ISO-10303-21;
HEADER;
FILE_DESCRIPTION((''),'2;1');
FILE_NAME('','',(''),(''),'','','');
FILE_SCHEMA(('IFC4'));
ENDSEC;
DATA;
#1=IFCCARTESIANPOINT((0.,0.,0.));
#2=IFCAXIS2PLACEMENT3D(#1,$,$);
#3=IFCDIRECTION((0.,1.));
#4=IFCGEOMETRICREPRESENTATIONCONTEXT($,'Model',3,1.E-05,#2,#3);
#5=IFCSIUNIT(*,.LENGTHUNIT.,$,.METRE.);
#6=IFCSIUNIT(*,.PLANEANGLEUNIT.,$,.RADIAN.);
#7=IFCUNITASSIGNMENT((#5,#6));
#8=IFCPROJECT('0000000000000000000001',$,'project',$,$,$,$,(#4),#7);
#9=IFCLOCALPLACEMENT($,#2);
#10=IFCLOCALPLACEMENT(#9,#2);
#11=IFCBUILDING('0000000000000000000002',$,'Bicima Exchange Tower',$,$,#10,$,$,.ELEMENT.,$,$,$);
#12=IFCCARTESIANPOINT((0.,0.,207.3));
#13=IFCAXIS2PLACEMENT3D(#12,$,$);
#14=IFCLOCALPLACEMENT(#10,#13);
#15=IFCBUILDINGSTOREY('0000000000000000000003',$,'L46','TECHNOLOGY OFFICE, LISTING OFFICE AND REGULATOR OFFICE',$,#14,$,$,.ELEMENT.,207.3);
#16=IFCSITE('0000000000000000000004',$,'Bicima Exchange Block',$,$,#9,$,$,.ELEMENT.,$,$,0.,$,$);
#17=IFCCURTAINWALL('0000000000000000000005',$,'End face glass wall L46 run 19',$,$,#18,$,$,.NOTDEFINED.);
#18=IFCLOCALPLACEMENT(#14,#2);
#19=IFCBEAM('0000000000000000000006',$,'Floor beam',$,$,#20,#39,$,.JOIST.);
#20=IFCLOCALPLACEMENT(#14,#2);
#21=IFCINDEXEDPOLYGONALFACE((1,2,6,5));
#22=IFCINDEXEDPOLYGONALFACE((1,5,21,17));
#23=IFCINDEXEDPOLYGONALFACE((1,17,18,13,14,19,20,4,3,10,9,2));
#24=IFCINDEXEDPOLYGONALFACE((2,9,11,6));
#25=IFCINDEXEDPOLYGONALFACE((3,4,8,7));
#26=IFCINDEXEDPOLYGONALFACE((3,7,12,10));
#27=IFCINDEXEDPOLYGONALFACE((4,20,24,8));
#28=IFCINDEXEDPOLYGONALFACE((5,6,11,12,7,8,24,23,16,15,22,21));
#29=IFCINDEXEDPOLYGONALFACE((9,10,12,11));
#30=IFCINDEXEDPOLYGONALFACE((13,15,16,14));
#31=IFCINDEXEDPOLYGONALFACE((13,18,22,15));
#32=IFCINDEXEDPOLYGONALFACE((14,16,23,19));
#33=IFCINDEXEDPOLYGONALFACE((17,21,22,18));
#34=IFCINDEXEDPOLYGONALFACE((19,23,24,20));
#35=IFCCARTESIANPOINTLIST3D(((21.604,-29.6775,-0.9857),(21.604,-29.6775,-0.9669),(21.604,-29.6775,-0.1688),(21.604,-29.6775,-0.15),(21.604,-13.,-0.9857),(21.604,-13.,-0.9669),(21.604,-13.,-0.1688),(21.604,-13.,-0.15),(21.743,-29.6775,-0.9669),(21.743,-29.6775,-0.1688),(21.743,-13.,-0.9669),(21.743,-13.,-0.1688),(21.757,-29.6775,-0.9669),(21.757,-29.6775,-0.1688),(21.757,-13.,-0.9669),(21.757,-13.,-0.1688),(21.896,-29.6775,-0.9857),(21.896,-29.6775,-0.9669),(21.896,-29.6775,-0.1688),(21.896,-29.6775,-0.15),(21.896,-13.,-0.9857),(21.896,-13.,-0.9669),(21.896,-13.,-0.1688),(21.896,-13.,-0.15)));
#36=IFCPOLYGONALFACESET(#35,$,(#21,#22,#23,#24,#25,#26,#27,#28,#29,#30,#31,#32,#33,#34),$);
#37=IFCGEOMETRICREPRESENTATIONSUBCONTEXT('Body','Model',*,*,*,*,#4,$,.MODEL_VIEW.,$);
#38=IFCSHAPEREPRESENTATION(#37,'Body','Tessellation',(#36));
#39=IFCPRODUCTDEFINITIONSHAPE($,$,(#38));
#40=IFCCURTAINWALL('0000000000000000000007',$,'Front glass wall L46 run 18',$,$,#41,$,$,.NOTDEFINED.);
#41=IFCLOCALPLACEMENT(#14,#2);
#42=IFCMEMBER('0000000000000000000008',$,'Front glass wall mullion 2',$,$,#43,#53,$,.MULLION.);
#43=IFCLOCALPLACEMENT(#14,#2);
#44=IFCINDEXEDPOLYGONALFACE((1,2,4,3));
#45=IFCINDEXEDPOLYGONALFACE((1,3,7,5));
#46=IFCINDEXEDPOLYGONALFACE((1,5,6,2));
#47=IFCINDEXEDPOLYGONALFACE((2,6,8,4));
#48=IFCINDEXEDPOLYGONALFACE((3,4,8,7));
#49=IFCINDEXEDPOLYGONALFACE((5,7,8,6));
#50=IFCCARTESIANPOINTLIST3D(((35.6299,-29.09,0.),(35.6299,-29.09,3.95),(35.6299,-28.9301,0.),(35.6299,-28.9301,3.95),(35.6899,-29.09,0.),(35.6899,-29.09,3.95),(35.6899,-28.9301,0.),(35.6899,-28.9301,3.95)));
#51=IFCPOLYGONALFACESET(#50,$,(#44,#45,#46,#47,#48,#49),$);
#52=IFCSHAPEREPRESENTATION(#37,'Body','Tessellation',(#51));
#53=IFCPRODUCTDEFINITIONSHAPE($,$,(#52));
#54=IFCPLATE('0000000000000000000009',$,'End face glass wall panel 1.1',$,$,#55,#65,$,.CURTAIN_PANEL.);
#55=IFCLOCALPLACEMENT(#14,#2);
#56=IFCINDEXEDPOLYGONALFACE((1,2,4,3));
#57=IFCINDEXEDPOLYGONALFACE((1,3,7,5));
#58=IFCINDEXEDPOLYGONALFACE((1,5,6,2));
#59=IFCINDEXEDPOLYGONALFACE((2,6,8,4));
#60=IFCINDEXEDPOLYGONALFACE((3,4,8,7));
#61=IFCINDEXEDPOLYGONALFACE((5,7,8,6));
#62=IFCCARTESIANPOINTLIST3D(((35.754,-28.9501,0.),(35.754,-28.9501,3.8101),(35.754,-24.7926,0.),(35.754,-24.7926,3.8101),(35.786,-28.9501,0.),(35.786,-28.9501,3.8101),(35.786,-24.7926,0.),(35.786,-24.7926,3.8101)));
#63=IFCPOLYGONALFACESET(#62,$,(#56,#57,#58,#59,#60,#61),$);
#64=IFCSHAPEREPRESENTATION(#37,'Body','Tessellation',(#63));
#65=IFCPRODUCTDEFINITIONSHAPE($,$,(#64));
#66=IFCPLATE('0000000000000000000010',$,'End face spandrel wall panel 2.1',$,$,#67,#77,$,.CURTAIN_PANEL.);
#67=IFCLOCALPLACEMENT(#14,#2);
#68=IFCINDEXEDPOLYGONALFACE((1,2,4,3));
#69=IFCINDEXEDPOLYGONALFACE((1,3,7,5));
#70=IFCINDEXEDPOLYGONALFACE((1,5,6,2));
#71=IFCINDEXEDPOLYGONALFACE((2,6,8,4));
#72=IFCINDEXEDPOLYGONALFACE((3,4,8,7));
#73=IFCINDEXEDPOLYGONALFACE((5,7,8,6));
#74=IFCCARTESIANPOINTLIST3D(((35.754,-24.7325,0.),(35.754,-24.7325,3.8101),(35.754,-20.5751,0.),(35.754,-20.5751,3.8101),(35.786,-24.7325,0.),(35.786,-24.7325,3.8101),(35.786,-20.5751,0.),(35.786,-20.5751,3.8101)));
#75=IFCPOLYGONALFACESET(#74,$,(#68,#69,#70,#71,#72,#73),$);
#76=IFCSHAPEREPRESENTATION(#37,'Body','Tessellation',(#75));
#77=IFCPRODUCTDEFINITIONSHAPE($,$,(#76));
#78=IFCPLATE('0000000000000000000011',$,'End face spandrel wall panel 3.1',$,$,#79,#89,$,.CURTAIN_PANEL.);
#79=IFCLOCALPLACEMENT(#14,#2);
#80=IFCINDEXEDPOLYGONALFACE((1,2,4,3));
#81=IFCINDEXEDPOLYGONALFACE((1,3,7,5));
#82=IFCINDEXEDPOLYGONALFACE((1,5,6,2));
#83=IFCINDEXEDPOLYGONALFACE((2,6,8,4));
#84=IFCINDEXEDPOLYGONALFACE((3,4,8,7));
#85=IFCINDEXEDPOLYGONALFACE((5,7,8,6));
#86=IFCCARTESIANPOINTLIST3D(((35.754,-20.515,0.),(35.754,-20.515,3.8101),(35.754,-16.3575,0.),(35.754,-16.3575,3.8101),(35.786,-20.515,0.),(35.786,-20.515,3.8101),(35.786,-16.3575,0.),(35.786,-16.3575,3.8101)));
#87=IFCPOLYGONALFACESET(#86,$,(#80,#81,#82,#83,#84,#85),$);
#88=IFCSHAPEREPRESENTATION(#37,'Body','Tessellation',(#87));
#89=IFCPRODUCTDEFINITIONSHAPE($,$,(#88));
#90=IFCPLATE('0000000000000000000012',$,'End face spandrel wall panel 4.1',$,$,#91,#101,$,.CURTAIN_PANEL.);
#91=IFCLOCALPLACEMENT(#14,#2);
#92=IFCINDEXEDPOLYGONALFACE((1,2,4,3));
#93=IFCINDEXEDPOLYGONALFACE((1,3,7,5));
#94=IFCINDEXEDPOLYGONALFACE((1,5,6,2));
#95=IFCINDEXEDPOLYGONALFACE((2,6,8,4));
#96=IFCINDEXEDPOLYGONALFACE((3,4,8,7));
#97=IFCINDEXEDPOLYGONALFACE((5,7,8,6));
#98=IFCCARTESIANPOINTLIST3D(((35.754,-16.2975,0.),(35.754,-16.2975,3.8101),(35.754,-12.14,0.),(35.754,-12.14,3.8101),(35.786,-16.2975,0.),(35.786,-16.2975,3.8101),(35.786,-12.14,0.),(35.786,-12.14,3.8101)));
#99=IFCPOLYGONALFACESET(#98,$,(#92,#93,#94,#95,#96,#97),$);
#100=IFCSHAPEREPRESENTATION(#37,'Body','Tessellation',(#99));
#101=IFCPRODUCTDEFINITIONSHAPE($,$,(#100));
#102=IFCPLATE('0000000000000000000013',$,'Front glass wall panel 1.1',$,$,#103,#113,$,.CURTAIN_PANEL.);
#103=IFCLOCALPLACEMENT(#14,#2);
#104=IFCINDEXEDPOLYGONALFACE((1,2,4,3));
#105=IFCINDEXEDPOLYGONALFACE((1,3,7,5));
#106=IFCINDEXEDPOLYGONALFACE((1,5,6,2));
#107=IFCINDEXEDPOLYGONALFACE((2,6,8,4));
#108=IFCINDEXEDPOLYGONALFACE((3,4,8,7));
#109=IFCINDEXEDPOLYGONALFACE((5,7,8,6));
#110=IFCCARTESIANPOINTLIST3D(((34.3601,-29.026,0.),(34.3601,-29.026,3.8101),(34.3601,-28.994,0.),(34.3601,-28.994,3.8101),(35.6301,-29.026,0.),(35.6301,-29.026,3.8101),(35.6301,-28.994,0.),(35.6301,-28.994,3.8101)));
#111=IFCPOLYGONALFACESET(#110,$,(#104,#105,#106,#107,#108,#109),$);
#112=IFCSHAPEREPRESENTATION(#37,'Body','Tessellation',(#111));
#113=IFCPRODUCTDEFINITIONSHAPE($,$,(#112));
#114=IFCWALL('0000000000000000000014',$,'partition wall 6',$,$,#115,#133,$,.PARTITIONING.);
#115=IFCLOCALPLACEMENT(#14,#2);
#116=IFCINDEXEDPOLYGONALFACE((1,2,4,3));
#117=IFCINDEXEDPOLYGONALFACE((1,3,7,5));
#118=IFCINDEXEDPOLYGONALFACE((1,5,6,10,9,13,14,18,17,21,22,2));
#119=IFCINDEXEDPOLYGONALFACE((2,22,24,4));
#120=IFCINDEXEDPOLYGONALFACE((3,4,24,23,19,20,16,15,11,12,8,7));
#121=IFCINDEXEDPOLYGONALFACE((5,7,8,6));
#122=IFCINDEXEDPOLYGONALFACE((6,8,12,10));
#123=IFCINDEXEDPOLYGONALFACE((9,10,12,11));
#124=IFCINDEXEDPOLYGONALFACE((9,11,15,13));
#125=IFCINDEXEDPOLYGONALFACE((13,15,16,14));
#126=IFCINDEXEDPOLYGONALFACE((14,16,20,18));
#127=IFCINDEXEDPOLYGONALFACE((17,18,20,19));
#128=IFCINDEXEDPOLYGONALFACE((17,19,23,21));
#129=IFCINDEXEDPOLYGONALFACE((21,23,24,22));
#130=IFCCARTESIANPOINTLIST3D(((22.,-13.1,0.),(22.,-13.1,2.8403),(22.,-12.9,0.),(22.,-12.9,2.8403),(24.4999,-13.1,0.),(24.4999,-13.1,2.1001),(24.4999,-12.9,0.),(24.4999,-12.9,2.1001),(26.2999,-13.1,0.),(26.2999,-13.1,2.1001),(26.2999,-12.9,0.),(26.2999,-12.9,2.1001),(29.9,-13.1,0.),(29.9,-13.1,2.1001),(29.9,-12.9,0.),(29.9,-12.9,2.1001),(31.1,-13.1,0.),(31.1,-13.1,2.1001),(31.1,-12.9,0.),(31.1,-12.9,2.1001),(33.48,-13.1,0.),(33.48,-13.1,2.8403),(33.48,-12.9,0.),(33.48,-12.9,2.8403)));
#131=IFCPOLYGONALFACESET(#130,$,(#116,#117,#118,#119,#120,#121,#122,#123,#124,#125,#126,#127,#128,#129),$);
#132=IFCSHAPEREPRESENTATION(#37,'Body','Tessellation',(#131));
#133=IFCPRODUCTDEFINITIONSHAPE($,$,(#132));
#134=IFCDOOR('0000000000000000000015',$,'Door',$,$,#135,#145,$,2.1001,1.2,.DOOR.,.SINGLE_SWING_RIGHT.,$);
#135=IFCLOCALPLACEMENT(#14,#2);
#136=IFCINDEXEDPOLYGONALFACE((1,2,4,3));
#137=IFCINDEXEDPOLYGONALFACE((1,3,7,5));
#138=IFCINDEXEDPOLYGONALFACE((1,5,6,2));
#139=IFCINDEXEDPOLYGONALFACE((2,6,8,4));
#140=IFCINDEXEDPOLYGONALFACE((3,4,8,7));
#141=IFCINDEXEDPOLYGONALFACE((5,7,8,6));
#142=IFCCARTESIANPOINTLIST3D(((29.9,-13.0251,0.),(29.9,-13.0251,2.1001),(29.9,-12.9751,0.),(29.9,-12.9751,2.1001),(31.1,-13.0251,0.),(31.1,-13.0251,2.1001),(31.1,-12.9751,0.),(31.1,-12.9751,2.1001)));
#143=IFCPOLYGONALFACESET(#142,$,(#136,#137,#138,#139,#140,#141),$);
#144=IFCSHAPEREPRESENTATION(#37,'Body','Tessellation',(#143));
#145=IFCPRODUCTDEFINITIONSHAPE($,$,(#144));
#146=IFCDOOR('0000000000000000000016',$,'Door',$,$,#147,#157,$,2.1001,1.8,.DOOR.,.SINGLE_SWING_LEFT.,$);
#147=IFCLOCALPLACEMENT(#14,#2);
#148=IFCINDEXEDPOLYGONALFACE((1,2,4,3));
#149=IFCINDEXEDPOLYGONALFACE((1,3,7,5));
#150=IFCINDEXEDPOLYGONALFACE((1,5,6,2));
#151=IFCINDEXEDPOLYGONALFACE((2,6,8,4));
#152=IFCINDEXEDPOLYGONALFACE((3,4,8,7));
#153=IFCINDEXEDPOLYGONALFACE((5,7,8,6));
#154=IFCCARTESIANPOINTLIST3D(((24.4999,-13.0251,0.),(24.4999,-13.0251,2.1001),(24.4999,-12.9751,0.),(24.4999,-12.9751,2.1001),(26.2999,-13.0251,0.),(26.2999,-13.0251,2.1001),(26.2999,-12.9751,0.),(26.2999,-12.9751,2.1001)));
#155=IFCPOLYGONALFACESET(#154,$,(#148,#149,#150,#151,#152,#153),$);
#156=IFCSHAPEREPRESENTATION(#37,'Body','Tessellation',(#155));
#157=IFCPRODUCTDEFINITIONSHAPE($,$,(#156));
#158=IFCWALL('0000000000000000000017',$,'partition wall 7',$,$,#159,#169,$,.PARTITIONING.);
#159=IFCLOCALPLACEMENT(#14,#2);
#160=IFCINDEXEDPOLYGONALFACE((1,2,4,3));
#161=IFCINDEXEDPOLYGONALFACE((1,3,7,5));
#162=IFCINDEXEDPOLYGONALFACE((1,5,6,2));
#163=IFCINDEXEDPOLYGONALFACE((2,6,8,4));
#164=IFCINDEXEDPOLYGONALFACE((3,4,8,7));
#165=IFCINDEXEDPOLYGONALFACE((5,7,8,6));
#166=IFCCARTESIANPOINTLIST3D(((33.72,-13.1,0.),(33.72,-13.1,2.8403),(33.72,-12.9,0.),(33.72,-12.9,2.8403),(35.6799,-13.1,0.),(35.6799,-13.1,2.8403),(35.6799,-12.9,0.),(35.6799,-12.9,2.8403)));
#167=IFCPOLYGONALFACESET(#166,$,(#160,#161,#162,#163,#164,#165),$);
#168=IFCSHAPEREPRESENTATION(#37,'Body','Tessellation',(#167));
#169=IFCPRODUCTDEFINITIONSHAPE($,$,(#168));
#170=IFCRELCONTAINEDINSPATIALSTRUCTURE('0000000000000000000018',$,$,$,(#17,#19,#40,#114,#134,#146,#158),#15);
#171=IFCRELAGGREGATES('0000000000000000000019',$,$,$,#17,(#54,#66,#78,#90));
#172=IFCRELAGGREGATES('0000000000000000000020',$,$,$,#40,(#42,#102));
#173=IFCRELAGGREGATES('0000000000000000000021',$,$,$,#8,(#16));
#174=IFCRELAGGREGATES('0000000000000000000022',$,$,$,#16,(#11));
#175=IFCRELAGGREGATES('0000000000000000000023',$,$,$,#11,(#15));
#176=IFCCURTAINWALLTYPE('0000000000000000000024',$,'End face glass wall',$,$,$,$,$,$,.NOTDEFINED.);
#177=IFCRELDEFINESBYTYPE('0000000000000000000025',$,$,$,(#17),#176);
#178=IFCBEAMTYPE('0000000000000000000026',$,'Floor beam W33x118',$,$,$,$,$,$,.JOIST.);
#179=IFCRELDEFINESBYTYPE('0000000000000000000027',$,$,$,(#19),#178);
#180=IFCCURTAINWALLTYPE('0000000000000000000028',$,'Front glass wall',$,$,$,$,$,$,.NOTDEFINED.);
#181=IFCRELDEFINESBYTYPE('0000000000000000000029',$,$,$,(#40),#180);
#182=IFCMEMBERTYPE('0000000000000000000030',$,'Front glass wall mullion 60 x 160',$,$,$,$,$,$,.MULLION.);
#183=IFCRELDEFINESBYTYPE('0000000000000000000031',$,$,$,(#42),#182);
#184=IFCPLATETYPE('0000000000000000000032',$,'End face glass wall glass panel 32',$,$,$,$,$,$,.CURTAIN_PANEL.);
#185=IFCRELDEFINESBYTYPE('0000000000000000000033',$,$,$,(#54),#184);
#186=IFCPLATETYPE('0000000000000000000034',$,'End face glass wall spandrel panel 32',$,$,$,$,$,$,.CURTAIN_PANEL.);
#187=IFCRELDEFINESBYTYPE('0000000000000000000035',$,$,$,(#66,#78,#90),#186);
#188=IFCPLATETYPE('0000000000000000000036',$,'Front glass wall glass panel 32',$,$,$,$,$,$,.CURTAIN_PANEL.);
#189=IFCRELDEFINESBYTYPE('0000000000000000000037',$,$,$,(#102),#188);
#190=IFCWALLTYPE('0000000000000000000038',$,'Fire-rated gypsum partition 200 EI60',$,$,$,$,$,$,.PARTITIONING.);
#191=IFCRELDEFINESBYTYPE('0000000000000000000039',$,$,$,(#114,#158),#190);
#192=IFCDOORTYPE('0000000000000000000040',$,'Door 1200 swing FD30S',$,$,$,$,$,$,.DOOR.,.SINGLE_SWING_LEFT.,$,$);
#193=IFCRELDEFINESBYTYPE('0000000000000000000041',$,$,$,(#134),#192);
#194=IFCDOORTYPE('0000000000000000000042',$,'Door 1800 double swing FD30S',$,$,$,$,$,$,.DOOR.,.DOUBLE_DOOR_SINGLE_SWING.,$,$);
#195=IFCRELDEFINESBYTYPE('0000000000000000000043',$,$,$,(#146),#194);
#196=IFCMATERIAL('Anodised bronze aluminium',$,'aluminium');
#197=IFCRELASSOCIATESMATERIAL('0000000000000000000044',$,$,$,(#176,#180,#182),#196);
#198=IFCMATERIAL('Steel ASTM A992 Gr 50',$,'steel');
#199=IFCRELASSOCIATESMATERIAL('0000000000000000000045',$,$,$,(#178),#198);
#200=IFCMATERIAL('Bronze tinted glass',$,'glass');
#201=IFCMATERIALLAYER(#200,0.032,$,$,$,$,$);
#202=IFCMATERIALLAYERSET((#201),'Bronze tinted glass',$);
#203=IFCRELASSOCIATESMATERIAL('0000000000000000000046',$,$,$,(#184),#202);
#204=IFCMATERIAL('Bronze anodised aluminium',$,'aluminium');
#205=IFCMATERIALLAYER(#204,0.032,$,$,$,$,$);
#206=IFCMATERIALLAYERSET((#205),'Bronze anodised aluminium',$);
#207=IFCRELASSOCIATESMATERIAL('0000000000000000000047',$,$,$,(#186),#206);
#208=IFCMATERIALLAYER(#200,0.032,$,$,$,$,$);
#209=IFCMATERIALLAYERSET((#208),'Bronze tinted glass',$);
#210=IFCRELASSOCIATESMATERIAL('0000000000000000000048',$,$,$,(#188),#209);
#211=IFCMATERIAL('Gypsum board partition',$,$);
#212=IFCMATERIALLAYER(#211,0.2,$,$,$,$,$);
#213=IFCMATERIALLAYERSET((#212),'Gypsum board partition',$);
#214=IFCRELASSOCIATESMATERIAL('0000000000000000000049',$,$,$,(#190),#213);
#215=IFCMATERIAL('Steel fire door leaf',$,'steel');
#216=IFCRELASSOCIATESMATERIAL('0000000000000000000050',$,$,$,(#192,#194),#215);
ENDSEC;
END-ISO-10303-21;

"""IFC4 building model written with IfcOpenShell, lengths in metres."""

from ifc_helpers import new_model, si_unit, direction, frame, frame_2d, origin, origin_2d, place, context, subcontext, project, spatial, rectangle, i_section, extrude, material, layer, layer_set, material_profile, profile_set, type_object, element, fill, aggregate, save


model = new_model("IFC4")

# Units and contexts
model_context = context("Model", 3, precision=1e-05, world=origin(), true_north=direction((0.0, 1.0)))
body_context = subcontext(model_context, "Body", "Model", "MODEL_VIEW")
ifc_project = project(units=[si_unit("LENGTHUNIT", "METRE"), si_unit("PLANEANGLEUNIT", "RADIAN")], contexts=[model_context])

# Site, building, storey
site_placement = place(None, origin())
site = spatial("IfcSite", under=ifc_project, at=site_placement, Name="Bicima Exchange Block", CompositionType="ELEMENT", RefElevation=0.0)
building_placement = place(site_placement, origin())
building = spatial("IfcBuilding", under=site, at=building_placement, Name="Bicima Exchange Tower", CompositionType="ELEMENT")
storey_placement = place(building_placement, frame((0.0, 0.0, 207.3)))
storey = spatial("IfcBuildingStorey", under=building, at=storey_placement, Name="L46", Description="TECHNOLOGY OFFICE, LISTING OFFICE AND REGULATOR OFFICE", CompositionType="ELEMENT", Elevation=207.3)

# Shared definitions
ifc_material_1 = material(Name="Steel ASTM A992 Gr 50", Category="steel")

# Curtain wall
ifc_material_2 = material(Name="Anodised bronze aluminium", Category="aluminium")
curtain_wall_type_1 = type_object("IfcCurtainWallType", Name="End face glass wall", PredefinedType="NOTDEFINED", material=ifc_material_2)
curtain_wall_1_placement = place(storey_placement, origin())
curtain_wall_1 = element("IfcCurtainWall", 1, at=curtain_wall_1_placement, inside=storey, type_object=curtain_wall_type_1, Name="End face glass wall L46 run 19", PredefinedType="NOTDEFINED")
ifc_material_profile_1 = material_profile(ifc_material_2, rectangle(XDim=0.1599, YDim=0.0601, at=origin_2d()))
ifc_profile_set_1 = profile_set([ifc_material_profile_1], Name="Anodised bronze aluminium")

# Beam
ifc_material_profile_2 = material_profile(ifc_material_1, i_section(OverallWidth=0.292, OverallDepth=0.8357, WebThickness=0.0139, FlangeThickness=0.0188, at=origin_2d()))
ifc_profile_set_2 = profile_set([ifc_material_profile_2], Name="Steel ASTM A992 Gr 50")
beam_type_1 = type_object("IfcBeamType", Name="Floor beam W33x118", PredefinedType="JOIST", material=ifc_profile_set_2)
beam_1_placement = place(storey_placement, frame((21.75, -13.0, -0.5679), z_axis=(0.0, -1.0, 0.0), x_axis=(1.0, 0.0, 0.0)))
element("IfcBeam", 2, at=beam_1_placement, inside=storey, type_object=beam_type_1, Name="Floor beam", PredefinedType="JOIST", context=body_context, shape_type="SweptSolid", body=[
    extrude(i_section(OverallWidth=0.292, OverallDepth=0.8357, WebThickness=0.0139, FlangeThickness=0.0188, at=origin_2d()), origin(), (0.0, 0.0, 1.0), 16.6775),
])

# Curtain wall, member
curtain_wall_type_2 = type_object("IfcCurtainWallType", Name="Front glass wall", PredefinedType="NOTDEFINED", material=ifc_material_2)
curtain_wall_2_placement = place(storey_placement, origin())
curtain_wall_2 = element("IfcCurtainWall", 3, at=curtain_wall_2_placement, inside=storey, type_object=curtain_wall_type_2, Name="Front glass wall L46 run 18", PredefinedType="NOTDEFINED")
member_type_1 = type_object("IfcMemberType", Name="Front glass wall mullion 60 x 160", PredefinedType="MULLION", material=ifc_profile_set_1)
member_1_placement = place(storey_placement, frame((35.6599, -29.01, 0.0), z_axis=(0.0, 0.0, 1.0), x_axis=(0.0, 1.0, 0.0)))
member_1 = element("IfcMember", 4, at=member_1_placement, type_object=member_type_1, Name="Front glass wall mullion 2", PredefinedType="MULLION", context=body_context, shape_type="SweptSolid", body=[
    extrude(rectangle(XDim=0.1599, YDim=0.0601, at=origin_2d()), origin(), (0.0, 0.0, 1.0), 3.95),
])

# Plates
ifc_material_3 = material(Name="Bronze tinted glass", Category="glass")
ifc_layer_1 = layer(ifc_material_3, 0.032)
ifc_layer_set_1 = layer_set([ifc_layer_1], Name="Bronze tinted glass")
plate_type_1 = type_object("IfcPlateType", Name="End face glass wall glass panel 32", PredefinedType="CURTAIN_PANEL", material=ifc_layer_set_1)
plate_1_placement = place(storey_placement, frame((35.77, -26.8713, 0.0), z_axis=(0.0, 0.0, 1.0), x_axis=(0.0, 1.0, 0.0)))
plate_1 = element("IfcPlate", 5, at=plate_1_placement, type_object=plate_type_1, Name="End face glass wall panel 1.1", PredefinedType="CURTAIN_PANEL", context=body_context, shape_type="SweptSolid", body=[
    extrude(rectangle(XDim=4.1575, YDim=0.032, at=origin_2d()), origin(), (0.0, 0.0, 1.0), 3.8101),
])
ifc_material_4 = material(Name="Bronze anodised aluminium", Category="aluminium")
ifc_layer_2 = layer(ifc_material_4, 0.032)
ifc_layer_set_2 = layer_set([ifc_layer_2], Name="Bronze anodised aluminium")
plate_type_2 = type_object("IfcPlateType", Name="End face glass wall spandrel panel 32", PredefinedType="CURTAIN_PANEL", material=ifc_layer_set_2)
plate_2_placement = place(storey_placement, frame((35.77, -22.6538, 0.0), z_axis=(0.0, 0.0, 1.0), x_axis=(0.0, 1.0, 0.0)))
plate_2 = element("IfcPlate", 6, at=plate_2_placement, type_object=plate_type_2, Name="End face spandrel wall panel 2.1", PredefinedType="CURTAIN_PANEL", context=body_context, shape_type="SweptSolid", body=[
    extrude(rectangle(XDim=4.1575, YDim=0.032, at=origin_2d()), origin(), (0.0, 0.0, 1.0), 3.8101),
])
plate_3_placement = place(storey_placement, frame((35.77, -18.4363, 0.0), z_axis=(0.0, 0.0, 1.0), x_axis=(0.0, 1.0, 0.0)))
plate_3 = element("IfcPlate", 7, at=plate_3_placement, type_object=plate_type_2, Name="End face spandrel wall panel 3.1", PredefinedType="CURTAIN_PANEL", context=body_context, shape_type="SweptSolid", body=[
    extrude(rectangle(XDim=4.1575, YDim=0.032, at=origin_2d()), origin(), (0.0, 0.0, 1.0), 3.8101),
])
plate_4_placement = place(storey_placement, frame((35.77, -14.2188, 0.0), z_axis=(0.0, 0.0, 1.0), x_axis=(0.0, 1.0, 0.0)))
plate_4 = element("IfcPlate", 8, at=plate_4_placement, type_object=plate_type_2, Name="End face spandrel wall panel 4.1", PredefinedType="CURTAIN_PANEL", context=body_context, shape_type="SweptSolid", body=[
    extrude(rectangle(XDim=4.1575, YDim=0.032, at=origin_2d()), origin(), (0.0, 0.0, 1.0), 3.8101),
])
aggregate(curtain_wall_1, [plate_1, plate_2, plate_3, plate_4])
ifc_layer_3 = layer(ifc_material_3, 0.032)
ifc_layer_set_3 = layer_set([ifc_layer_3], Name="Bronze tinted glass")
plate_type_3 = type_object("IfcPlateType", Name="Front glass wall glass panel 32", PredefinedType="CURTAIN_PANEL", material=ifc_layer_set_3)
plate_5_placement = place(storey_placement, frame((34.9951, -29.01, 0.0), z_axis=(0.0, 0.0, 1.0), x_axis=(1.0, 0.0, 0.0)))
plate_5 = element("IfcPlate", 9, at=plate_5_placement, type_object=plate_type_3, Name="Front glass wall panel 1.1", PredefinedType="CURTAIN_PANEL", context=body_context, shape_type="SweptSolid", body=[
    extrude(rectangle(XDim=1.27, YDim=0.032, at=origin_2d()), origin(), (0.0, 0.0, 1.0), 3.8101),
])
aggregate(curtain_wall_2, [member_1, plate_5])

# Wall, openings, doors
ifc_material_5 = material(Name="Gypsum board partition")
ifc_layer_4 = layer(ifc_material_5, 0.2)
ifc_layer_set_4 = layer_set([ifc_layer_4], Name="Gypsum board partition")
wall_type = type_object("IfcWallType", Name="Fire-rated gypsum partition 200 EI60", PredefinedType="PARTITIONING", material=ifc_layer_set_4)
wall_1_placement = place(storey_placement, frame((22.0, -13.0, 0.0), z_axis=(0.0, 0.0, 1.0), x_axis=(1.0, 0.0, 0.0)))
wall_1 = element("IfcWall", 10, at=wall_1_placement, inside=storey, type_object=wall_type, Name="partition wall 6", PredefinedType="PARTITIONING", context=body_context, shape_type="SweptSolid", body=[
    extrude(rectangle(XDim=11.48, YDim=0.2, at=frame_2d((5.74, 0.0))), origin(), (0.0, 0.0, 1.0), 2.8403),
])
opening_1_placement = place(wall_1_placement, frame((7.8999, 0.0, 0.0)))
opening_1 = element("IfcOpeningElement", 11, at=opening_1_placement, cuts=wall_1, PredefinedType="OPENING", context=body_context, shape_type="SweptSolid", body=[
    extrude(rectangle(XDim=1.2, YDim=2.1001, at=frame_2d((0.6001, 1.05))), frame((0.0, 0.1118, 0.0), z_axis=(0.0, -1.0, 0.0), x_axis=(1.0, 0.0, 0.0)), (0.0, 0.0, 1.0), 0.2239),
])
opening_2_placement = place(wall_1_placement, frame((2.5, 0.0, 0.0)))
opening_2 = element("IfcOpeningElement", 12, at=opening_2_placement, cuts=wall_1, PredefinedType="OPENING", context=body_context, shape_type="SweptSolid", body=[
    extrude(rectangle(XDim=1.8, YDim=2.1001, at=frame_2d((0.8999, 1.05))), frame((0.0, 0.1118, 0.0), z_axis=(0.0, -1.0, 0.0), x_axis=(1.0, 0.0, 0.0)), (0.0, 0.0, 1.0), 0.2239),
])
ifc_material_6 = material(Name="Steel fire door leaf", Category="steel")
door_type_1 = type_object("IfcDoorType", Name="Door 1200 swing FD30S", OperationType="SINGLE_SWING_LEFT", PredefinedType="DOOR", material=ifc_material_6)
door_1_placement = place(opening_1_placement, origin())
door_1 = element("IfcDoor", 13, at=door_1_placement, inside=storey, type_object=door_type_1, Name="Door", OperationType="SINGLE_SWING_RIGHT", OverallHeight=2.1001, OverallWidth=1.2, PredefinedType="DOOR", context=body_context, shape_type="SweptSolid", body=[
    extrude(rectangle(XDim=1.2, YDim=2.1001, at=frame_2d((0.6001, 1.05))), frame((0.0, 0.0249, 0.0), z_axis=(0.0, -1.0, 0.0), x_axis=(1.0, 0.0, 0.0)), (0.0, 0.0, 1.0), 0.05),
])
fill(opening_1, door_1)
door_type_2 = type_object("IfcDoorType", Name="Door 1800 double swing FD30S", OperationType="DOUBLE_DOOR_SINGLE_SWING", PredefinedType="DOOR", material=ifc_material_6)
door_2_placement = place(opening_2_placement, origin())
door_2 = element("IfcDoor", 14, at=door_2_placement, inside=storey, type_object=door_type_2, Name="Door", OperationType="SINGLE_SWING_LEFT", OverallHeight=2.1001, OverallWidth=1.8, PredefinedType="DOOR", context=body_context, shape_type="SweptSolid", body=[
    extrude(rectangle(XDim=1.8, YDim=2.1001, at=frame_2d((0.8999, 1.05))), frame((0.0, 0.0249, 0.0), z_axis=(0.0, -1.0, 0.0), x_axis=(1.0, 0.0, 0.0)), (0.0, 0.0, 1.0), 0.05),
])
fill(opening_2, door_2)

# Wall
wall_2_placement = place(storey_placement, frame((33.72, -13.0, 0.0), z_axis=(0.0, 0.0, 1.0), x_axis=(1.0, 0.0, 0.0)))
element("IfcWall", 15, at=wall_2_placement, inside=storey, type_object=wall_type, Name="partition wall 7", PredefinedType="PARTITIONING", context=body_context, shape_type="SweptSolid", body=[
    extrude(rectangle(XDim=1.96, YDim=0.2, at=frame_2d((0.98, 0.0))), origin(), (0.0, 0.0, 1.0), 2.8403),
])

save(model, "model.ifc")
